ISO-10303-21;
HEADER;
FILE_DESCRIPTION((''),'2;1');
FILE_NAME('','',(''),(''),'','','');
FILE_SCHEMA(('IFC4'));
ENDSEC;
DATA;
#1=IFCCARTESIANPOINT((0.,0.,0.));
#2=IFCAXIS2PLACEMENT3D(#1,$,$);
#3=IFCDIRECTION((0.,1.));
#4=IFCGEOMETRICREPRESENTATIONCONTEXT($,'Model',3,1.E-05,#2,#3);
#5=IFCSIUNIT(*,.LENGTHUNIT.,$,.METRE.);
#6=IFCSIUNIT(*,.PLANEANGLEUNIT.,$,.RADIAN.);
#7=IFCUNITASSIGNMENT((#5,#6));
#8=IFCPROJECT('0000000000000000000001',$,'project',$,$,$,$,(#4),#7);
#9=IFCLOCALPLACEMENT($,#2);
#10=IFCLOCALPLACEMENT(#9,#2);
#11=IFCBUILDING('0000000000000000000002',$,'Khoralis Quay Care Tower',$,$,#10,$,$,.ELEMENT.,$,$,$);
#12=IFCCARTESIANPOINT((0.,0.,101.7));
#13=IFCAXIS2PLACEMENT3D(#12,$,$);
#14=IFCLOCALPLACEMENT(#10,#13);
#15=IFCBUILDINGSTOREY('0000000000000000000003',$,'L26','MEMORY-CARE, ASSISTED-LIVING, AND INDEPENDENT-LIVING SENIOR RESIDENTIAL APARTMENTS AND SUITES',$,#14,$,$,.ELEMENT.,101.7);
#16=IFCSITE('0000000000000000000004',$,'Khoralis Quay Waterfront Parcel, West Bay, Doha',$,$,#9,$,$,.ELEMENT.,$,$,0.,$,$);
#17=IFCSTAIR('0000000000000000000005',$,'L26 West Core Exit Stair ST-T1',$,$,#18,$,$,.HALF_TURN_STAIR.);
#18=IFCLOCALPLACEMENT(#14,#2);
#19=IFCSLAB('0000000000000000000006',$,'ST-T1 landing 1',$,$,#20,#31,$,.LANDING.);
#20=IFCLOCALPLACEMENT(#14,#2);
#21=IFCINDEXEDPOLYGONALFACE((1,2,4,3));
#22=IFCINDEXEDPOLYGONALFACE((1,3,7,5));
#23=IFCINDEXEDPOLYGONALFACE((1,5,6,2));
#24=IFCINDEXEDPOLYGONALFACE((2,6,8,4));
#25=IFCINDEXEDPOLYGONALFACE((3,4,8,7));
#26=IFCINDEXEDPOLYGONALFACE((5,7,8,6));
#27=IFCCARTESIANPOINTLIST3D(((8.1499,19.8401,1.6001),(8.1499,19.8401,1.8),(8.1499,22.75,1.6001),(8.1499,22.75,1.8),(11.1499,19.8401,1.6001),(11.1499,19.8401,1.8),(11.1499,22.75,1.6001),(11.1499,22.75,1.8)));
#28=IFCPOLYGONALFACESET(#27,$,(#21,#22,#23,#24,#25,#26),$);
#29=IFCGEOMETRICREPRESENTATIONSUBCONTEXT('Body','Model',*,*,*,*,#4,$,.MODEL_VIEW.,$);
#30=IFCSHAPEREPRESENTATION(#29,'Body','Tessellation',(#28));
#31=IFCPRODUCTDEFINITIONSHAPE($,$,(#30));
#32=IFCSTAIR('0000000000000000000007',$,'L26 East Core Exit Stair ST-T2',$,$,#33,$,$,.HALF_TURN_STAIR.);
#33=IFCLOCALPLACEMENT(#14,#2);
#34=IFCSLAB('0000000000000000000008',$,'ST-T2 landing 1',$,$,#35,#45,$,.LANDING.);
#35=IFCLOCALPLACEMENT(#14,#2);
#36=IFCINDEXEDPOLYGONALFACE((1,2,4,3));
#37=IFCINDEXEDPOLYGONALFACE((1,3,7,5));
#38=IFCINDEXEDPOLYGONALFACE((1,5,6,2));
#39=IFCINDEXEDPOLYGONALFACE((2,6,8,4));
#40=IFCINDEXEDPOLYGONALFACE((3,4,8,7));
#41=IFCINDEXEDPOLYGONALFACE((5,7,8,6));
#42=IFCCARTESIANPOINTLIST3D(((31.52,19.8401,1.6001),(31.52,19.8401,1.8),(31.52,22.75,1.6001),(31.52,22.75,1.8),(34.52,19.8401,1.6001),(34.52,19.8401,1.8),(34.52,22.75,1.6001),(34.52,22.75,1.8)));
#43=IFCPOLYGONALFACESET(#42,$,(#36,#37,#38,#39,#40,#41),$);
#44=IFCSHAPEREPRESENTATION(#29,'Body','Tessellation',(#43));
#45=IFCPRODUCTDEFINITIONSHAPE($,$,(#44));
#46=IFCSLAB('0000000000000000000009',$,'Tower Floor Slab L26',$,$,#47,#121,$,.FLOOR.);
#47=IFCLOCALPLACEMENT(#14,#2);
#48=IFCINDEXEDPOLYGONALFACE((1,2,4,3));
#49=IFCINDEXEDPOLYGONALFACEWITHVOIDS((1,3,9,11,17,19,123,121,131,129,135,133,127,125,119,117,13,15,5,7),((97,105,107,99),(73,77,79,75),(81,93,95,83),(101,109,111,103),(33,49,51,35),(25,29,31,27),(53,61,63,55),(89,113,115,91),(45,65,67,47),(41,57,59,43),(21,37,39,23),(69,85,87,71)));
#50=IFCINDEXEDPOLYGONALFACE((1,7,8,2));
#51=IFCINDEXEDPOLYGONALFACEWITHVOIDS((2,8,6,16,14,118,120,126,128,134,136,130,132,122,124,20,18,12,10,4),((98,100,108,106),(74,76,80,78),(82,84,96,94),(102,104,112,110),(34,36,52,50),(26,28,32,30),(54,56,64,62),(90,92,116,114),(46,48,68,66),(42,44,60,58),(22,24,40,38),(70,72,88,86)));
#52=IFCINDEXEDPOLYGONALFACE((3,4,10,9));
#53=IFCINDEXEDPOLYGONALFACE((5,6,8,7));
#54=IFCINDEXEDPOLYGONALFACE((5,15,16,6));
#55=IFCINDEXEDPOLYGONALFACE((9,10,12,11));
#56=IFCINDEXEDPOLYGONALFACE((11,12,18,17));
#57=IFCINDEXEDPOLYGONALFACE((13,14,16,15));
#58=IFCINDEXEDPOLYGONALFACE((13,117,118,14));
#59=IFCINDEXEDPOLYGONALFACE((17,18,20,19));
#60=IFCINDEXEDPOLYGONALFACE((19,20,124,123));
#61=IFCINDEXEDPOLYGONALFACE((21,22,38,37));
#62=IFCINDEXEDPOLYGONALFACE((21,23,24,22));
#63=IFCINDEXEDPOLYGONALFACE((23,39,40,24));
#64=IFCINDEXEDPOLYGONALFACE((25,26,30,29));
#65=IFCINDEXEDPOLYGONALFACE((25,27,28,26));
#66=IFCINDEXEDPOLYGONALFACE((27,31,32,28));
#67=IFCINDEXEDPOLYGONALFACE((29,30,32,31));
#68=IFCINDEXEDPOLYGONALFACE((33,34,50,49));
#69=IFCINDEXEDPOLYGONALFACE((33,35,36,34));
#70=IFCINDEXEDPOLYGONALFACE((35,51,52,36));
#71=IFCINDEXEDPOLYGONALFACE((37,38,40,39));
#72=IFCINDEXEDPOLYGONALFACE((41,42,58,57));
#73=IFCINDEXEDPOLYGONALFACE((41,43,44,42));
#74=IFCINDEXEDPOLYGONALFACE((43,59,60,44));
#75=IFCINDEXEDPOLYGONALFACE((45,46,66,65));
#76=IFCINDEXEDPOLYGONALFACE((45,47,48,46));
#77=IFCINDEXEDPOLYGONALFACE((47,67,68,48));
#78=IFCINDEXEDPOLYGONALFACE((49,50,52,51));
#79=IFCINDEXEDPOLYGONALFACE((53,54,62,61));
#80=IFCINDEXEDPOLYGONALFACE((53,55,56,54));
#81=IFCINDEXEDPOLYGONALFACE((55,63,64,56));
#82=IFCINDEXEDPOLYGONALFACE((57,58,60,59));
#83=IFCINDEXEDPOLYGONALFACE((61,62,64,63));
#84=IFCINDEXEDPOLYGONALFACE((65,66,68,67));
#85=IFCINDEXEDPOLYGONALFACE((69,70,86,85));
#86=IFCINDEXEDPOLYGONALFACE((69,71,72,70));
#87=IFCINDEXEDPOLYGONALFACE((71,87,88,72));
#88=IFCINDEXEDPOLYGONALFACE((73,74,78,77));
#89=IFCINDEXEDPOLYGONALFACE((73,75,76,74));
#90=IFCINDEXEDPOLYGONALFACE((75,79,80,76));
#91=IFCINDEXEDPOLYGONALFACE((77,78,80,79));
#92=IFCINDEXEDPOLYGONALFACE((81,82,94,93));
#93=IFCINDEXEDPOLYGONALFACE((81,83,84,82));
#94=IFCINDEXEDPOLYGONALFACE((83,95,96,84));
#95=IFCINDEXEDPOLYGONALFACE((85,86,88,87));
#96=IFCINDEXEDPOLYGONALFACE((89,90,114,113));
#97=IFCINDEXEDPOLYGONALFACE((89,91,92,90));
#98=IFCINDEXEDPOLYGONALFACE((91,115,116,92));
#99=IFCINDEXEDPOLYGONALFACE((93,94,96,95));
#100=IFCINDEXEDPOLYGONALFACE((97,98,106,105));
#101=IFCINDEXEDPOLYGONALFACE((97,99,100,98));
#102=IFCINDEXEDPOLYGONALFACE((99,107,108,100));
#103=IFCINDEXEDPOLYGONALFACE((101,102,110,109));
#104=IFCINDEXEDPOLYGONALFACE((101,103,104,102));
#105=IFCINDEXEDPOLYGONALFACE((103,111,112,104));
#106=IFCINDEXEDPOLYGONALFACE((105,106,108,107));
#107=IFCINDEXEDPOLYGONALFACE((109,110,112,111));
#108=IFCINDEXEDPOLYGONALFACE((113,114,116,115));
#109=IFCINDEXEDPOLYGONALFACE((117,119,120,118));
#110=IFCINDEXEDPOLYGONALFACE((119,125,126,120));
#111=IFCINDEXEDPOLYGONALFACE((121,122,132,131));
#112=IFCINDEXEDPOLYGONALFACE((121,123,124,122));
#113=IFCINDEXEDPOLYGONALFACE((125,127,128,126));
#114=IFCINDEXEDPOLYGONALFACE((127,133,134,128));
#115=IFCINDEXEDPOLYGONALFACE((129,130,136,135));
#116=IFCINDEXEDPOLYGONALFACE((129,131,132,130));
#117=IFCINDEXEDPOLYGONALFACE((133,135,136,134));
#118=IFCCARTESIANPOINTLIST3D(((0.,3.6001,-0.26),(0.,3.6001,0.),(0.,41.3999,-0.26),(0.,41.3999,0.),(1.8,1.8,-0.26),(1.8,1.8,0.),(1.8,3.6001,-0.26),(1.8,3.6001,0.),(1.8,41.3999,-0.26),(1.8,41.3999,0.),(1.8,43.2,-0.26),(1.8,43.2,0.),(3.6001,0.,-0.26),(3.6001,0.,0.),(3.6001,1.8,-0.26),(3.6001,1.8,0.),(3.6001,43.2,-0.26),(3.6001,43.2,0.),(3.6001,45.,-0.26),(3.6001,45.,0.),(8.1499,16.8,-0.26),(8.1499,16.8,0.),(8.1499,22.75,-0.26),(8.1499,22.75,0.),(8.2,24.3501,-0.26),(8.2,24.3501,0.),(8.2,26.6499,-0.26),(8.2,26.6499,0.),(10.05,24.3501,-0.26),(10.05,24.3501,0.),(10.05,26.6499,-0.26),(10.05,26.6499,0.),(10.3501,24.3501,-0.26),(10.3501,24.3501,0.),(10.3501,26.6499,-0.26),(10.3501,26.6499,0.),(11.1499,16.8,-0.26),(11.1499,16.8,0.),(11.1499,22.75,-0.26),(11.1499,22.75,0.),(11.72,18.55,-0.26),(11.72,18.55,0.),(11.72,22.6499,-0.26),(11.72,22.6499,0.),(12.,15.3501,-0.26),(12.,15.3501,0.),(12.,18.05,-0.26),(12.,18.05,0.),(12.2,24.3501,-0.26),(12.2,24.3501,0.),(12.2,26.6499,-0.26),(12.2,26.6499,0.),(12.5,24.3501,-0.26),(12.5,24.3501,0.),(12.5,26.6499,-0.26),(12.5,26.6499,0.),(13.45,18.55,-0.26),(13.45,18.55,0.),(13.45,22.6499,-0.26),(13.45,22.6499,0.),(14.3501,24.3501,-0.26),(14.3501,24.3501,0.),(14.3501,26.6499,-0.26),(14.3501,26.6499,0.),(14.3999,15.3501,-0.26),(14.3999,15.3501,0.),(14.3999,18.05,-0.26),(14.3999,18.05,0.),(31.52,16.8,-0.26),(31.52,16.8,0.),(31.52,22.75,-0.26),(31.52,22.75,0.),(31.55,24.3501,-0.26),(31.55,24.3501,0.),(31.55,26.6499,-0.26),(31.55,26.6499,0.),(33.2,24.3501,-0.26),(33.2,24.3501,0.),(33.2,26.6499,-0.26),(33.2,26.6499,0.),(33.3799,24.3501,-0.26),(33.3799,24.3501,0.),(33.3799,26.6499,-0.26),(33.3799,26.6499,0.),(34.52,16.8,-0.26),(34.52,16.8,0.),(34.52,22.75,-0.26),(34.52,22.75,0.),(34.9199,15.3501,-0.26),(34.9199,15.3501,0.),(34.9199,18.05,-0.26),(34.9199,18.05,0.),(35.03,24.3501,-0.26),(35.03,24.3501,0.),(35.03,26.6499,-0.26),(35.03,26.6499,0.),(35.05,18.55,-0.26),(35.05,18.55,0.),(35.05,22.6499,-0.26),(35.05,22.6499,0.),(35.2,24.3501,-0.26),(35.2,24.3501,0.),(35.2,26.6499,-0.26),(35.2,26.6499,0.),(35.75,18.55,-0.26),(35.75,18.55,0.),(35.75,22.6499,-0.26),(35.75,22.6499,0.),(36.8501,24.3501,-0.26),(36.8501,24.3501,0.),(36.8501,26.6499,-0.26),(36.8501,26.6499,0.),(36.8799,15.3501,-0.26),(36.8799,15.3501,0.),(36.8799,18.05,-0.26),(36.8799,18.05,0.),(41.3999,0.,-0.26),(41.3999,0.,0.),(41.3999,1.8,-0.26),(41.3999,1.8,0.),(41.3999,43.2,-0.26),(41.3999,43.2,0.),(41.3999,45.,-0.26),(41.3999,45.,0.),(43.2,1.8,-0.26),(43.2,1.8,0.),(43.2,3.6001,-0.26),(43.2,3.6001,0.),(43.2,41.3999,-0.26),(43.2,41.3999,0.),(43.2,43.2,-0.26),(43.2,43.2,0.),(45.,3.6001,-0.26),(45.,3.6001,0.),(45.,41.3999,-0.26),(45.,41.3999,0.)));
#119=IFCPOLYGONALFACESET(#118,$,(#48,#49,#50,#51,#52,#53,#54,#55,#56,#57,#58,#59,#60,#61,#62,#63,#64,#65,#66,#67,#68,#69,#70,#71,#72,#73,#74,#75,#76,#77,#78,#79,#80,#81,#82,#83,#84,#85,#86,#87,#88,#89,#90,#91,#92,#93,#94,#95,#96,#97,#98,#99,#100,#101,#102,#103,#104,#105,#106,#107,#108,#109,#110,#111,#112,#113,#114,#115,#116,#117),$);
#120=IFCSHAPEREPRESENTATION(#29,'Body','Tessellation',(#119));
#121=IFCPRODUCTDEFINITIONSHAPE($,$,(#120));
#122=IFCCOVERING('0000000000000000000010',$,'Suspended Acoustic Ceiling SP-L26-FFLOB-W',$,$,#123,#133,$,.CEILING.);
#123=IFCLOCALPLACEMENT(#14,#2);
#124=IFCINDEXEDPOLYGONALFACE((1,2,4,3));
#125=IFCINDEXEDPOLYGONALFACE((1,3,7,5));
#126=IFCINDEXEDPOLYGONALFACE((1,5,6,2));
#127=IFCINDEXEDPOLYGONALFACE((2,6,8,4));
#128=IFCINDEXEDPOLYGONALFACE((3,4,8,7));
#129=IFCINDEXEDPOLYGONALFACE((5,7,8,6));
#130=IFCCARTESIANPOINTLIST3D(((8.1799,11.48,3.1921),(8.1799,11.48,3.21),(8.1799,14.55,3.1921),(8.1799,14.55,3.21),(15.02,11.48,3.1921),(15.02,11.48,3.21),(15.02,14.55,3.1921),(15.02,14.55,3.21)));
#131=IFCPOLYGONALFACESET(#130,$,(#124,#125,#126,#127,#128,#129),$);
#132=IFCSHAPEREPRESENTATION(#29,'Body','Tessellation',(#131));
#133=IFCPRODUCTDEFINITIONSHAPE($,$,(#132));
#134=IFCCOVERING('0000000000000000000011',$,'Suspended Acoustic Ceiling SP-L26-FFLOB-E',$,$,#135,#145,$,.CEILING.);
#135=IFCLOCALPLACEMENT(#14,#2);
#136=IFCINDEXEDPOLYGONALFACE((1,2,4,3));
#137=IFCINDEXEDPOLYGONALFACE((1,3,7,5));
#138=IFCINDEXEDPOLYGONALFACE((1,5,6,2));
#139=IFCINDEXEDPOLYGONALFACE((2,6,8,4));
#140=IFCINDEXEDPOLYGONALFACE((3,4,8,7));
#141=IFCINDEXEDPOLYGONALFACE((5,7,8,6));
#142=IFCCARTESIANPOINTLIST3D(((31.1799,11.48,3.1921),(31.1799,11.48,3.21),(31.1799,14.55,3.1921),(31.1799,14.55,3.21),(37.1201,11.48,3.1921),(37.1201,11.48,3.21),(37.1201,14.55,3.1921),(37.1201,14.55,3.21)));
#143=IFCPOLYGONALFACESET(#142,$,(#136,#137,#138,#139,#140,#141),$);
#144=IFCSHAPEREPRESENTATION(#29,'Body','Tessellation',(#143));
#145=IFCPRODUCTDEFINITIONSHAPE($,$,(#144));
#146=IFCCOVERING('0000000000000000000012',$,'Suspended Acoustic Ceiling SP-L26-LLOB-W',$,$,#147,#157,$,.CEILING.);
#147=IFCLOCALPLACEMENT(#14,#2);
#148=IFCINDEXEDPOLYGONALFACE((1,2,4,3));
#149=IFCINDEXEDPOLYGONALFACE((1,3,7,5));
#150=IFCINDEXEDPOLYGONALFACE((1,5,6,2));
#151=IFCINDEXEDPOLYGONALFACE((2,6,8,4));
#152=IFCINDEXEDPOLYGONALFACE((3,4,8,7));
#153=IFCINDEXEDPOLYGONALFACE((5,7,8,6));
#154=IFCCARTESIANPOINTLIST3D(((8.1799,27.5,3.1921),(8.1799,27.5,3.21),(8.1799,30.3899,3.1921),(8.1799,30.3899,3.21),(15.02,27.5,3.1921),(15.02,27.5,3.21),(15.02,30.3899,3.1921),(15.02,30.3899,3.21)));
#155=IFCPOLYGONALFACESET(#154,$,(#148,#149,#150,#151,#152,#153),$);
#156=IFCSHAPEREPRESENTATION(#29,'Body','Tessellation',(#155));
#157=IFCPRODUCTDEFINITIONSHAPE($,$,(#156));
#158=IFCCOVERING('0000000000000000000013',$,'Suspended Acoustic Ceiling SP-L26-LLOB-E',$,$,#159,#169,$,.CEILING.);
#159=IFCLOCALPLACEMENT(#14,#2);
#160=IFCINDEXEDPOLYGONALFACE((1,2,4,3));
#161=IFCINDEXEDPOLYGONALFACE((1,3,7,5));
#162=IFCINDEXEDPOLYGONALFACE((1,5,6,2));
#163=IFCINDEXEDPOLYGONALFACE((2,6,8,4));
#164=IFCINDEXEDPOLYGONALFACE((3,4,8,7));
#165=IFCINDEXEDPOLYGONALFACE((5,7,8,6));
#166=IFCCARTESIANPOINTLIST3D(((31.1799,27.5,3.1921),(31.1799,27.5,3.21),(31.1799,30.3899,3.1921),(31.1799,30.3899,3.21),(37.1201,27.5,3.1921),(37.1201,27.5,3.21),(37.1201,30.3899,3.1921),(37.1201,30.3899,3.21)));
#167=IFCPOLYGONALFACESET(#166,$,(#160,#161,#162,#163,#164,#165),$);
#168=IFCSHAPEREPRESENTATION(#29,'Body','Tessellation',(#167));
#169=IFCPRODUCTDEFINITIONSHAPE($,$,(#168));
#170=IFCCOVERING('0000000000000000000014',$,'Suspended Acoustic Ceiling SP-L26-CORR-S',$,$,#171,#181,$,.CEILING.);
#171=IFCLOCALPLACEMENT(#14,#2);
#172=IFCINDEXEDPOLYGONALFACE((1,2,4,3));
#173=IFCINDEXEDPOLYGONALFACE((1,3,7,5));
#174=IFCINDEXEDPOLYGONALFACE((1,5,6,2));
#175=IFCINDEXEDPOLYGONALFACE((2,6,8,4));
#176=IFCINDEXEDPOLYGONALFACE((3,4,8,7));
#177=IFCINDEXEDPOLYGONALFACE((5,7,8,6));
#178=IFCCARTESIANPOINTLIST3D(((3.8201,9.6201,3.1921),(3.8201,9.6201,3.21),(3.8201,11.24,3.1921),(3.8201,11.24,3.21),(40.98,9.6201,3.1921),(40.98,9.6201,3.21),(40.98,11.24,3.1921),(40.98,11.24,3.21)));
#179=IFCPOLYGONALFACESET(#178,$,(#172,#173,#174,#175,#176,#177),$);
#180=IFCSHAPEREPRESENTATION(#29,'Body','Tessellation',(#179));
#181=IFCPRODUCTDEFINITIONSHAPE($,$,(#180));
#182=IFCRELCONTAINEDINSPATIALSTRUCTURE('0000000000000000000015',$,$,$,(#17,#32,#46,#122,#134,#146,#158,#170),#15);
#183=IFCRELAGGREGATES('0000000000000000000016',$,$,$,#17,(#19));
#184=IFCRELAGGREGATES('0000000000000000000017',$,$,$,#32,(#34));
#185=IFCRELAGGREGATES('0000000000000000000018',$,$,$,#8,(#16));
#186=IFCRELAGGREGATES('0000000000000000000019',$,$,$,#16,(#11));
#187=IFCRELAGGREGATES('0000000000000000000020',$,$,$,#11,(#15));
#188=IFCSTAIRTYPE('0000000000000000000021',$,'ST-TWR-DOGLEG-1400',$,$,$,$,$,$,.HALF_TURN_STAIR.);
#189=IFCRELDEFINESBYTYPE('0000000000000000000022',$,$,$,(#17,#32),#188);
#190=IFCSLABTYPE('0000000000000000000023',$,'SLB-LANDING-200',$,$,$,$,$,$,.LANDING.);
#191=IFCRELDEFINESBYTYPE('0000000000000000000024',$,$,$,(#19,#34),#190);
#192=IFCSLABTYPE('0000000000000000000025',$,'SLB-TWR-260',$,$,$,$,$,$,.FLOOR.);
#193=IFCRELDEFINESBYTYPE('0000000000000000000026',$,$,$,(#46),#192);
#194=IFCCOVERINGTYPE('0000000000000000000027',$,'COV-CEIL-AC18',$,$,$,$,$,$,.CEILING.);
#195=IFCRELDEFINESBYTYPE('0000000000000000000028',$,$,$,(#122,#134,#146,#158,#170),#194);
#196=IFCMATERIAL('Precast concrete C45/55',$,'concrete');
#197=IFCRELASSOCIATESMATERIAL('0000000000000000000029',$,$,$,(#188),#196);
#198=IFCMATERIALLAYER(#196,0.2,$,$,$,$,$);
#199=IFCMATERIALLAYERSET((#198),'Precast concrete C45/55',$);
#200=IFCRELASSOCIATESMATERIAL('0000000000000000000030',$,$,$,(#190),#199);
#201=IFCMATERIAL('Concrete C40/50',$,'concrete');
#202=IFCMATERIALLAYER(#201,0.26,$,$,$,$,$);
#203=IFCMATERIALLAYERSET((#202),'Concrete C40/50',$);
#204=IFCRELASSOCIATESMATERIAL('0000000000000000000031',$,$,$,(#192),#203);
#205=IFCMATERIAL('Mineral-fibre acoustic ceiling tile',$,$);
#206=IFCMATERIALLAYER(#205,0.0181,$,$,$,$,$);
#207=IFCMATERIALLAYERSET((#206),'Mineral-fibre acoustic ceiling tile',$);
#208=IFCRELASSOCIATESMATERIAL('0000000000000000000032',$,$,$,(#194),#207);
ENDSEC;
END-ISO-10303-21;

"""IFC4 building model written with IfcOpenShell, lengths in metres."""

from ifc_helpers import new_model, si_unit, direction, frame, origin, place, context, subcontext, project, spatial, polyline, outline, extrude, material, layer, layer_set, type_object, element, aggregate, save


model = new_model("IFC4")

# Units and contexts
model_context = context("Model", 3, precision=1e-05, world=origin(), true_north=direction((0.0, 1.0)))
body_context = subcontext(model_context, "Body", "Model", "MODEL_VIEW")
ifc_project = project(units=[si_unit("LENGTHUNIT", "METRE"), si_unit("PLANEANGLEUNIT", "RADIAN")], contexts=[model_context])

# Site, building, storey
site_placement = place(None, origin())
site = spatial("IfcSite", under=ifc_project, at=site_placement, Name="Khoralis Quay Waterfront Parcel, West Bay, Doha", CompositionType="ELEMENT", RefElevation=0.0)
building_placement = place(site_placement, origin())
building = spatial("IfcBuilding", under=site, at=building_placement, Name="Khoralis Quay Care Tower", CompositionType="ELEMENT")
storey_placement = place(building_placement, frame((0.0, 0.0, 101.7)))
storey = spatial("IfcBuildingStorey", under=building, at=storey_placement, Name="L26", Description="MEMORY-CARE, ASSISTED-LIVING, AND INDEPENDENT-LIVING SENIOR RESIDENTIAL APARTMENTS AND SUITES", CompositionType="ELEMENT", Elevation=101.7)

# Stairs, slabs
ifc_material_1 = material(Name="Precast concrete C45/55", Category="concrete")
stair_type = type_object("IfcStairType", Name="ST-TWR-DOGLEG-1400", PredefinedType="HALF_TURN_STAIR", material=ifc_material_1)
stair_1_placement = place(storey_placement, origin())
stair_1 = element("IfcStair", 1, at=stair_1_placement, inside=storey, type_object=stair_type, Name="L26 West Core Exit Stair ST-T1", PredefinedType="HALF_TURN_STAIR")
ifc_layer_1 = layer(ifc_material_1, 0.2)
ifc_layer_set_1 = layer_set([ifc_layer_1], Name="Precast concrete C45/55")
slab_type_1 = type_object("IfcSlabType", Name="SLB-LANDING-200", PredefinedType="LANDING", material=ifc_layer_set_1)
slab_1_placement = place(storey_placement, frame((0.0, 0.0, 1.6001)))
slab_1 = element("IfcSlab", 2, at=slab_1_placement, type_object=slab_type_1, Name="ST-T1 landing 1", PredefinedType="LANDING", context=body_context, shape_type="SweptSolid", body=[
    extrude(outline(polyline([(11.1499, 19.8401), (11.1499, 22.75), (8.1499, 22.75), (8.1499, 19.8401), (11.1499, 19.8401)])), origin(), (0.0, 0.0, 1.0), 0.2),
])
aggregate(stair_1, [slab_1])
stair_2_placement = place(storey_placement, origin())
stair_2 = element("IfcStair", 3, at=stair_2_placement, inside=storey, type_object=stair_type, Name="L26 East Core Exit Stair ST-T2", PredefinedType="HALF_TURN_STAIR")
slab_2_placement = place(storey_placement, frame((0.0, 0.0, 1.6001)))
slab_2 = element("IfcSlab", 4, at=slab_2_placement, type_object=slab_type_1, Name="ST-T2 landing 1", PredefinedType="LANDING", context=body_context, shape_type="SweptSolid", body=[
    extrude(outline(polyline([(34.52, 19.8401), (34.52, 22.75), (31.52, 22.75), (31.52, 19.8401), (34.52, 19.8401)])), origin(), (0.0, 0.0, 1.0), 0.2),
])
aggregate(stair_2, [slab_2])

# Slab
ifc_material_2 = material(Name="Concrete C40/50", Category="concrete")
ifc_layer_2 = layer(ifc_material_2, 0.26)
ifc_layer_set_2 = layer_set([ifc_layer_2], Name="Concrete C40/50")
slab_type_2 = type_object("IfcSlabType", Name="SLB-TWR-260", PredefinedType="FLOOR", material=ifc_layer_set_2)
slab_3_placement = place(storey_placement, frame((0.0, 0.0, -0.26)))
element("IfcSlab", 5, at=slab_3_placement, inside=storey, type_object=slab_type_2, Name="Tower Floor Slab L26", PredefinedType="FLOOR", context=body_context, shape_type="SweptSolid", body=[
    extrude(outline(polyline([(3.6001, 0.0), (41.3999, 0.0), (41.3999, 1.8), (43.2, 1.8), (43.2, 3.6001), (45.0, 3.6001), (45.0, 41.3999), (43.2, 41.3999), (43.2, 43.2), (41.3999, 43.2), (41.3999, 45.0), (3.6001, 45.0), (3.6001, 43.2), (1.8, 43.2), (1.8, 41.3999), (0.0, 41.3999), (0.0, 3.6001), (1.8, 3.6001), (1.8, 1.8), (3.6001, 1.8), (3.6001, 0.0)]), holes=[polyline([(11.1499, 16.8), (11.1499, 22.75), (8.1499, 22.75), (8.1499, 16.8), (11.1499, 16.8)]), polyline([(34.52, 16.8), (34.52, 22.75), (31.52, 22.75), (31.52, 16.8), (34.52, 16.8)]), polyline([(12.0, 15.3501), (14.3999, 15.3501), (14.3999, 18.05), (12.0, 18.05), (12.0, 15.3501)]), polyline([(34.9199, 15.3501), (36.8799, 15.3501), (36.8799, 18.05), (34.9199, 18.05), (34.9199, 15.3501)]), polyline([(8.2, 24.3501), (10.05, 24.3501), (10.05, 26.6499), (8.2, 26.6499), (8.2, 24.3501)]), polyline([(31.55, 24.3501), (33.2, 24.3501), (33.2, 26.6499), (31.55, 26.6499), (31.55, 24.3501)]), polyline([(10.3501, 24.3501), (12.2, 24.3501), (12.2, 26.6499), (10.3501, 26.6499), (10.3501, 24.3501)]), polyline([(33.3799, 24.3501), (35.03, 24.3501), (35.03, 26.6499), (33.3799, 26.6499), (33.3799, 24.3501)]), polyline([(12.5, 24.3501), (14.3501, 24.3501), (14.3501, 26.6499), (12.5, 26.6499), (12.5, 24.3501)]), polyline([(35.2, 24.3501), (36.8501, 24.3501), (36.8501, 26.6499), (35.2, 26.6499), (35.2, 24.3501)]), polyline([(11.72, 18.55), (13.45, 18.55), (13.45, 22.6499), (11.72, 22.6499), (11.72, 18.55)]), polyline([(35.05, 18.55), (35.75, 18.55), (35.75, 22.6499), (35.05, 22.6499), (35.05, 18.55)])]), origin(), (0.0, 0.0, 1.0), 0.26),
])

# Coverings
ifc_material_3 = material(Name="Mineral-fibre acoustic ceiling tile")
ifc_layer_3 = layer(ifc_material_3, 0.0181)
ifc_layer_set_3 = layer_set([ifc_layer_3], Name="Mineral-fibre acoustic ceiling tile")
covering_type_1 = type_object("IfcCoveringType", Name="COV-CEIL-AC18", PredefinedType="CEILING", material=ifc_layer_set_3)
covering_1_placement = place(storey_placement, frame((0.0, 0.0, 3.1921)))
element("IfcCovering", 6, at=covering_1_placement, inside=storey, type_object=covering_type_1, Name="Suspended Acoustic Ceiling SP-L26-FFLOB-W", PredefinedType="CEILING", context=body_context, shape_type="SweptSolid", body=[
    extrude(outline(polyline([(8.1799, 11.48), (15.02, 11.48), (15.02, 14.55), (8.1799, 14.55), (8.1799, 11.48)])), origin(), (0.0, 0.0, 1.0), 0.0178),
])
covering_2_placement = place(storey_placement, frame((0.0, 0.0, 3.1921)))
element("IfcCovering", 7, at=covering_2_placement, inside=storey, type_object=covering_type_1, Name="Suspended Acoustic Ceiling SP-L26-FFLOB-E", PredefinedType="CEILING", context=body_context, shape_type="SweptSolid", body=[
    extrude(outline(polyline([(31.1799, 11.48), (37.1201, 11.48), (37.1201, 14.55), (31.1799, 14.55), (31.1799, 11.48)])), origin(), (0.0, 0.0, 1.0), 0.0178),
])
covering_3_placement = place(storey_placement, frame((0.0, 0.0, 3.1921)))
element("IfcCovering", 8, at=covering_3_placement, inside=storey, type_object=covering_type_1, Name="Suspended Acoustic Ceiling SP-L26-LLOB-W", PredefinedType="CEILING", context=body_context, shape_type="SweptSolid", body=[
    extrude(outline(polyline([(8.1799, 27.5), (15.02, 27.5), (15.02, 30.3899), (8.1799, 30.3899), (8.1799, 27.5)])), origin(), (0.0, 0.0, 1.0), 0.0178),
])
covering_4_placement = place(storey_placement, frame((0.0, 0.0, 3.1921)))
element("IfcCovering", 9, at=covering_4_placement, inside=storey, type_object=covering_type_1, Name="Suspended Acoustic Ceiling SP-L26-LLOB-E", PredefinedType="CEILING", context=body_context, shape_type="SweptSolid", body=[
    extrude(outline(polyline([(31.1799, 27.5), (37.1201, 27.5), (37.1201, 30.3899), (31.1799, 30.3899), (31.1799, 27.5)])), origin(), (0.0, 0.0, 1.0), 0.0178),
])
covering_5_placement = place(storey_placement, frame((0.0, 0.0, 3.1921)))
element("IfcCovering", 10, at=covering_5_placement, inside=storey, type_object=covering_type_1, Name="Suspended Acoustic Ceiling SP-L26-CORR-S", PredefinedType="CEILING", context=body_context, shape_type="SweptSolid", body=[
    extrude(outline(polyline([(3.8201, 9.6201), (40.98, 9.6201), (40.98, 11.24), (3.8201, 11.24), (3.8201, 9.6201)])), origin(), (0.0, 0.0, 1.0), 0.0178),
])

save(model, "model.ifc")
